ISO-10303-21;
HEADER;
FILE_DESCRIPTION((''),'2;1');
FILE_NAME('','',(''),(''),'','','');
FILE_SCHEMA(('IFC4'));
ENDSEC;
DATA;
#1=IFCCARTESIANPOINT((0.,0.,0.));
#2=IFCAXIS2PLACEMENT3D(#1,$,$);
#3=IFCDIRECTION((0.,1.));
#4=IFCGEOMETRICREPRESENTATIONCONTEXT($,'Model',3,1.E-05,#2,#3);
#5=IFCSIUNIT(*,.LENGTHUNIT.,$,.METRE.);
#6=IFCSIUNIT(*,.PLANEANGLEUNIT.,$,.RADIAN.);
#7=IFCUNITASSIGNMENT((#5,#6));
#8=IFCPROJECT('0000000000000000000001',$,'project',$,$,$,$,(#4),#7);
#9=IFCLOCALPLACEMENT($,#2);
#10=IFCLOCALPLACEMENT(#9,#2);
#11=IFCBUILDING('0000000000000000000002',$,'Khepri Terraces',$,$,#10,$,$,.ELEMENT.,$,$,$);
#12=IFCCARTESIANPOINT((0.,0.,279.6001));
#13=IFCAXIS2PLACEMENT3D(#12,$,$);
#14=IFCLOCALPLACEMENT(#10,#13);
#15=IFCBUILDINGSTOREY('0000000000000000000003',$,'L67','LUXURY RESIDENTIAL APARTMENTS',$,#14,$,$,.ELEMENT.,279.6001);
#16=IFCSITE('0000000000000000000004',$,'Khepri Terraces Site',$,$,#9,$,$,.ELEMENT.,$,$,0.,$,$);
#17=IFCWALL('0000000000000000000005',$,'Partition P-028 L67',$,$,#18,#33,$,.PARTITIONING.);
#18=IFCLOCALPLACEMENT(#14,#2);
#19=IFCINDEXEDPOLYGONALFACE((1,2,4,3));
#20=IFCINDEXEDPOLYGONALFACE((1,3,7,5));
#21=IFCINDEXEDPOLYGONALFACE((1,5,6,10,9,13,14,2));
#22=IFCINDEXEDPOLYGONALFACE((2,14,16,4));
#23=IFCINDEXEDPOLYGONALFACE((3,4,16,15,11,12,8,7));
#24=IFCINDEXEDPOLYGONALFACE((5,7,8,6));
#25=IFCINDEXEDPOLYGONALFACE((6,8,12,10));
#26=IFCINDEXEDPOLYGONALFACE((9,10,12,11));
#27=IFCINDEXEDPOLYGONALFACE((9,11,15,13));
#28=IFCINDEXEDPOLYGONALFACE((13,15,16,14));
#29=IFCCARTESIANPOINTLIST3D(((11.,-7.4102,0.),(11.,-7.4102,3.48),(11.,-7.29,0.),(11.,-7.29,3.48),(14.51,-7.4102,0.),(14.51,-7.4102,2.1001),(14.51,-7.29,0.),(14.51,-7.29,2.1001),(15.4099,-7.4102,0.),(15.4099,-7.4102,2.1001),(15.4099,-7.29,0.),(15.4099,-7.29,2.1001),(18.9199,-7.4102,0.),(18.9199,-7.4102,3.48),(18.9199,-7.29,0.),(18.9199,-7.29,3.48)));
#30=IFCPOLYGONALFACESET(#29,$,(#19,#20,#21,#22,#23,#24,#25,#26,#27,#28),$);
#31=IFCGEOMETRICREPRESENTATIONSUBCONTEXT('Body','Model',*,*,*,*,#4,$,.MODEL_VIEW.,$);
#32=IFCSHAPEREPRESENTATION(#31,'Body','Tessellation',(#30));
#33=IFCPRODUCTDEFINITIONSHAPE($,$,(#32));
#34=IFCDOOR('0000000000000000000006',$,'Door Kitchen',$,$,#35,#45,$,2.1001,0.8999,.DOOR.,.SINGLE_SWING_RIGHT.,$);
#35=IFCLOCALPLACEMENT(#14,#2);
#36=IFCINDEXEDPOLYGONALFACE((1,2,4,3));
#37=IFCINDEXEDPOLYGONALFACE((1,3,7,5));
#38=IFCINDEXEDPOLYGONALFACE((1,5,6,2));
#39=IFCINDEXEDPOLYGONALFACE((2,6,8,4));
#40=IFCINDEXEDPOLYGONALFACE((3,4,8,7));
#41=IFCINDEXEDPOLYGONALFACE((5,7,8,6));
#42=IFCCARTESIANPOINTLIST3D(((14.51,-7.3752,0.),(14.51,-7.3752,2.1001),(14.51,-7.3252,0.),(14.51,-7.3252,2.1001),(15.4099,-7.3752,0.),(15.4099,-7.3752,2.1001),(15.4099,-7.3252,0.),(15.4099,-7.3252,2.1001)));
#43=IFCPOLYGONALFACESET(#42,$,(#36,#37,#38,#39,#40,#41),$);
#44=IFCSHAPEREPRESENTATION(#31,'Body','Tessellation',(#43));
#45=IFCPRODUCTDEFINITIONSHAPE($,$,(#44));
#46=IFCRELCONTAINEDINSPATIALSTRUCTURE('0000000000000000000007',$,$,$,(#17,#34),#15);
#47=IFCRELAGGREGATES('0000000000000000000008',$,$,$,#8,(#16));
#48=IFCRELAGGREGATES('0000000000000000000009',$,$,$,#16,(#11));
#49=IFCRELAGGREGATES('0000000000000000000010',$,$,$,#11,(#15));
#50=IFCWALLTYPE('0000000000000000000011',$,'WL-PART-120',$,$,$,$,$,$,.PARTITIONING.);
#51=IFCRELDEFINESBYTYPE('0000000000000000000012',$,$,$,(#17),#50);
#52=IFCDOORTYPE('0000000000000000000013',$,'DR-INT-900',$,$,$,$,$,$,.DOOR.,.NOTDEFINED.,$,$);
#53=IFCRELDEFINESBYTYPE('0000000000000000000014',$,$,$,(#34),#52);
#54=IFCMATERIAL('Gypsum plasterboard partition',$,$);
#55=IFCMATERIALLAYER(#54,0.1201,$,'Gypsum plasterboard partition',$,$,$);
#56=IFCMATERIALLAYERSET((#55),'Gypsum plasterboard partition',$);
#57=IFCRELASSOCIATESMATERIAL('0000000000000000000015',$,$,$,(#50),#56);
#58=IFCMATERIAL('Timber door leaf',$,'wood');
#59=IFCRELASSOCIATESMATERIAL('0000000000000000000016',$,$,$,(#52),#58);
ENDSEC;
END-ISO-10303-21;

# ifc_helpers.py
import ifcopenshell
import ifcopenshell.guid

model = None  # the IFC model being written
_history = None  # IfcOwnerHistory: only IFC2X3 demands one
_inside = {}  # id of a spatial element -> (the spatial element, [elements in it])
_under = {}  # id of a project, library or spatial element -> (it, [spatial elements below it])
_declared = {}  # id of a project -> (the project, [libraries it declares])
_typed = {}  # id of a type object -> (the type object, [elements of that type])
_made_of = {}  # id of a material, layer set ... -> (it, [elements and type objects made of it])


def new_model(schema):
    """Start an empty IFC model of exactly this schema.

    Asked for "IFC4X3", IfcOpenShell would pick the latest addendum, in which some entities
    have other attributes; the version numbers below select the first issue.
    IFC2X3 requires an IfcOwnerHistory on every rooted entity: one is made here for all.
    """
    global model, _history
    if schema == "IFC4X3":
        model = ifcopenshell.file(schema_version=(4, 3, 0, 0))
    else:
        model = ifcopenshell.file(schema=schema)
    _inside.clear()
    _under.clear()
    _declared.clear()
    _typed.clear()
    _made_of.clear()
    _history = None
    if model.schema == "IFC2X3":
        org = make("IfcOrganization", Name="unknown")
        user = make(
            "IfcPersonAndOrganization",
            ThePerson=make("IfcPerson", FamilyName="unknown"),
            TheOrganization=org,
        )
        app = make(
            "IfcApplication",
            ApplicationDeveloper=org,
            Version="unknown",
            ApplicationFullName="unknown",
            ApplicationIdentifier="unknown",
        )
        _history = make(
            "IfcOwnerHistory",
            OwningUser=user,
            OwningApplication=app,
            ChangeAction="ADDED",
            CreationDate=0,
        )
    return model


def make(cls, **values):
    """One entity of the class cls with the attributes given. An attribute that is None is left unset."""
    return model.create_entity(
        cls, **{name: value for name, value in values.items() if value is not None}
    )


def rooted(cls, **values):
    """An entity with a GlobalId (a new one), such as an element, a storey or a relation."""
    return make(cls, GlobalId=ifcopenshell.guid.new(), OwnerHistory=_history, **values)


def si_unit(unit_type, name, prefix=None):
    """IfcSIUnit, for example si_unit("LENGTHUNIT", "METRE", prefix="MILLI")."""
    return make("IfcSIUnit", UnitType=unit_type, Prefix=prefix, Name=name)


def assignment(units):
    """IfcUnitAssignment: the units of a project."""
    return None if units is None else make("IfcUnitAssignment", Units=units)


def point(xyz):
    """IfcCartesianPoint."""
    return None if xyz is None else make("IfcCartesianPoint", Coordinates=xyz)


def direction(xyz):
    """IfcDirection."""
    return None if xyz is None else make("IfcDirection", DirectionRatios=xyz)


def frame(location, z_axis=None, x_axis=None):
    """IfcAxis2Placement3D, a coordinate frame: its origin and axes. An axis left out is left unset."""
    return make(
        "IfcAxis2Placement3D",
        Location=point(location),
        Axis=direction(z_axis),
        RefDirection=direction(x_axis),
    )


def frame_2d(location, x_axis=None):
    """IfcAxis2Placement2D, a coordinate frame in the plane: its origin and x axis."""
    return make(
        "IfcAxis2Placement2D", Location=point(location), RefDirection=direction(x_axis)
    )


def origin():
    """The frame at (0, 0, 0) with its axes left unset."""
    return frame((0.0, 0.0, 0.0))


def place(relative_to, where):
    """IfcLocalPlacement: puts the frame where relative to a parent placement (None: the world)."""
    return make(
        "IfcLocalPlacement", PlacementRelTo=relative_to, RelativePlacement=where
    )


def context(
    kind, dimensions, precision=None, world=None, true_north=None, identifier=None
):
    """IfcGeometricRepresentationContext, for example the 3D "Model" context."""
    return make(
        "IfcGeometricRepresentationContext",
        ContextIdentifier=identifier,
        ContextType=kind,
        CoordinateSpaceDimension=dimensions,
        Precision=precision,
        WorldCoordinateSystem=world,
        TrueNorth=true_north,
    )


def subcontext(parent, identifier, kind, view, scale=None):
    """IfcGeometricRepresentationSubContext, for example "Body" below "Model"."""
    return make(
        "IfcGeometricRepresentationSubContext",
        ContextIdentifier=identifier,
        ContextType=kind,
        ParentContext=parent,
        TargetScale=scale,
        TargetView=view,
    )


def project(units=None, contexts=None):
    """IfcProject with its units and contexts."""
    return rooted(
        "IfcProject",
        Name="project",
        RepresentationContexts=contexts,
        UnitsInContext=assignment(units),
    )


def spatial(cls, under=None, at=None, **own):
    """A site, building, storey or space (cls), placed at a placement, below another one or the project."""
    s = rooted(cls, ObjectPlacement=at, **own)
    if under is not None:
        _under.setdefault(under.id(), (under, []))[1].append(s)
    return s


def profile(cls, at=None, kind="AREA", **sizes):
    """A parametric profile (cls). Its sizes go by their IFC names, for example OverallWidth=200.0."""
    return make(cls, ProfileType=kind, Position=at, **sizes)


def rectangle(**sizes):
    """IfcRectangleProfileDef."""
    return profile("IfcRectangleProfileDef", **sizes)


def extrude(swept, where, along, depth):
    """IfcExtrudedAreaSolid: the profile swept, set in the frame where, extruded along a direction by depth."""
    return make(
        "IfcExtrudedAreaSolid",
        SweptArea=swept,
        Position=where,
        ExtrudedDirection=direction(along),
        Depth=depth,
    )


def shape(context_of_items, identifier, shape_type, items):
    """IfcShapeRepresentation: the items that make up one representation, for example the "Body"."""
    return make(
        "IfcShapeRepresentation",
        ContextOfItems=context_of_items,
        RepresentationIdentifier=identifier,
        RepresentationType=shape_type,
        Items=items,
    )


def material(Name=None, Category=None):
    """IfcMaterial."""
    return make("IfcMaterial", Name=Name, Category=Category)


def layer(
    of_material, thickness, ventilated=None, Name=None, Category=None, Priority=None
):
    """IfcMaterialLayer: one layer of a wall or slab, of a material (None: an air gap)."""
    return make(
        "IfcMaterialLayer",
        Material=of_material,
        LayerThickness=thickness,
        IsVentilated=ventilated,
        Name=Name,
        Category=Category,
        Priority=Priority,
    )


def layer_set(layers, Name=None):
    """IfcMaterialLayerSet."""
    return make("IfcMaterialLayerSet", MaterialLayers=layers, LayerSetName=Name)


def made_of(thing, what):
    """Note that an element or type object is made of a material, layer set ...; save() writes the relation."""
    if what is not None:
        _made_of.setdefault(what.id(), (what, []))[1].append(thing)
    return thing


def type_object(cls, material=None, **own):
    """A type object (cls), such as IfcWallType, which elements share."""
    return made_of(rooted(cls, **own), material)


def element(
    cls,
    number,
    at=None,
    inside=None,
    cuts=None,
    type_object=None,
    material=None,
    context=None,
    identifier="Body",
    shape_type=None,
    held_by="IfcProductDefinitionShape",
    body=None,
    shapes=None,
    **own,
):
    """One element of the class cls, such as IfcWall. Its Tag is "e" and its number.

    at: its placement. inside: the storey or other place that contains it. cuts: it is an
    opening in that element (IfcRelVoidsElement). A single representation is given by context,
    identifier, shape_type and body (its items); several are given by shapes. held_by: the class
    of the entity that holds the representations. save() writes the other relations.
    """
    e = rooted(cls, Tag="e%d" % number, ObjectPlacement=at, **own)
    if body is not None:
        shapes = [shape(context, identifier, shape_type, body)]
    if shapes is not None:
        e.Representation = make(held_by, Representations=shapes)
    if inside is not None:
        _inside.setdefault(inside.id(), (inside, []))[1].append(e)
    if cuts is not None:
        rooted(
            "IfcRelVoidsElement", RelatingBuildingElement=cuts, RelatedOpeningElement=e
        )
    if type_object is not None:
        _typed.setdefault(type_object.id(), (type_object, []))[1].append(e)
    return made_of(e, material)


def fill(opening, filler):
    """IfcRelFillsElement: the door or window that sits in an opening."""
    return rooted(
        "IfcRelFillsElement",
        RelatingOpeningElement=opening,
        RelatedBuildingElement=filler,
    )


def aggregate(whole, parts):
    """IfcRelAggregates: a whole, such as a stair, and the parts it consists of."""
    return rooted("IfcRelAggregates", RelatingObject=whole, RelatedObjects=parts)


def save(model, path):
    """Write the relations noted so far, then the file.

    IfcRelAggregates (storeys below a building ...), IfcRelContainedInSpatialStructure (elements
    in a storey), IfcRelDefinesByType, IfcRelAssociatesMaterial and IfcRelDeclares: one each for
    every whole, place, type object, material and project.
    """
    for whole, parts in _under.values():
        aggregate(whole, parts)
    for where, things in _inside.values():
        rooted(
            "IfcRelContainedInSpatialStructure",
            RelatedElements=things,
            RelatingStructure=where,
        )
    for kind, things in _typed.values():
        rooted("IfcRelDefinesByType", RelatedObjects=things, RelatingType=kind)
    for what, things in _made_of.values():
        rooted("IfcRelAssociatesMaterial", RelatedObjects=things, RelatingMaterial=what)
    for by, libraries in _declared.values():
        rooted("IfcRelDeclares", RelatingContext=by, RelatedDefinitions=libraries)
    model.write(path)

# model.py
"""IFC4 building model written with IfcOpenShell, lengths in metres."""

from ifc_helpers import new_model, si_unit, direction, frame, frame_2d, origin, place, context, subcontext, project, spatial, rectangle, extrude, material, layer, layer_set, type_object, element, fill, save


model = new_model("IFC4")

# Units and contexts
model_context = context("Model", 3, precision=1e-05, world=origin(), true_north=direction((0.0, 1.0)))
body_context = subcontext(model_context, "Body", "Model", "MODEL_VIEW")
ifc_project = project(units=[si_unit("LENGTHUNIT", "METRE"), si_unit("PLANEANGLEUNIT", "RADIAN")], contexts=[model_context])

# Site, building, storey
site_placement = place(None, origin())
site = spatial("IfcSite", under=ifc_project, at=site_placement, Name="Khepri Terraces Site", CompositionType="ELEMENT", RefElevation=0.0)
building_placement = place(site_placement, origin())
building = spatial("IfcBuilding", under=site, at=building_placement, Name="Khepri Terraces", CompositionType="ELEMENT")
storey_placement = place(building_placement, frame((0.0, 0.0, 279.6001)))
storey = spatial("IfcBuildingStorey", under=building, at=storey_placement, Name="L67", Description="LUXURY RESIDENTIAL APARTMENTS", CompositionType="ELEMENT", Elevation=279.6001)

# Shared definitions
ifc_material_1 = material(Name="Gypsum plasterboard partition")
ifc_layer_1 = layer(ifc_material_1, 0.1201, Name="Gypsum plasterboard partition")
ifc_layer_set_1 = layer_set([ifc_layer_1], Name="Gypsum plasterboard partition")
wall_type_1 = type_object("IfcWallType", Name="WL-PART-120", PredefinedType="PARTITIONING", material=ifc_layer_set_1)

# Wall, opening, door
wall_1_placement = place(storey_placement, frame((11.0, -7.3501, 0.0), z_axis=(0.0, 0.0, 1.0), x_axis=(1.0, 0.0, 0.0)))
wall_1 = element("IfcWall", 1, at=wall_1_placement, inside=storey, type_object=wall_type_1, Name="Partition P-028 L67", PredefinedType="PARTITIONING", context=body_context, shape_type="SweptSolid", body=[
    extrude(rectangle(XDim=7.9199, YDim=0.1201, at=frame_2d((3.96, 0.0))), origin(), (0.0, 0.0, 1.0), 3.48),
])
opening_1_placement = place(wall_1_placement, frame((3.51, 0.0, 0.0)))
opening_1 = element("IfcOpeningElement", 2, at=opening_1_placement, cuts=wall_1, PredefinedType="OPENING", context=body_context, shape_type="SweptSolid", body=[
    extrude(rectangle(XDim=0.8999, YDim=2.1001, at=frame_2d((0.45, 1.05))), frame((0.0, 0.0701, 0.0), z_axis=(0.0, -1.0, 0.0), x_axis=(1.0, 0.0, 0.0)), (0.0, 0.0, 1.0), 0.1401),
])
ifc_material_2 = material(Name="Timber door leaf", Category="wood")
door_type_1 = type_object("IfcDoorType", Name="DR-INT-900", OperationType="NOTDEFINED", PredefinedType="DOOR", material=ifc_material_2)
door_1_placement = place(opening_1_placement, origin())
door_1 = element("IfcDoor", 3, at=door_1_placement, inside=storey, type_object=door_type_1, Name="Door Kitchen", OperationType="SINGLE_SWING_RIGHT", OverallHeight=2.1001, OverallWidth=0.8999, PredefinedType="DOOR", context=body_context, shape_type="SweptSolid", body=[
    extrude(rectangle(XDim=0.8999, YDim=2.1001, at=frame_2d((0.45, 1.05))), frame((0.0, 0.0249, 0.0), z_axis=(0.0, -1.0, 0.0), x_axis=(1.0, 0.0, 0.0)), (0.0, 0.0, 1.0), 0.05),
])
fill(opening_1, door_1)

save(model, "model.ifc")
